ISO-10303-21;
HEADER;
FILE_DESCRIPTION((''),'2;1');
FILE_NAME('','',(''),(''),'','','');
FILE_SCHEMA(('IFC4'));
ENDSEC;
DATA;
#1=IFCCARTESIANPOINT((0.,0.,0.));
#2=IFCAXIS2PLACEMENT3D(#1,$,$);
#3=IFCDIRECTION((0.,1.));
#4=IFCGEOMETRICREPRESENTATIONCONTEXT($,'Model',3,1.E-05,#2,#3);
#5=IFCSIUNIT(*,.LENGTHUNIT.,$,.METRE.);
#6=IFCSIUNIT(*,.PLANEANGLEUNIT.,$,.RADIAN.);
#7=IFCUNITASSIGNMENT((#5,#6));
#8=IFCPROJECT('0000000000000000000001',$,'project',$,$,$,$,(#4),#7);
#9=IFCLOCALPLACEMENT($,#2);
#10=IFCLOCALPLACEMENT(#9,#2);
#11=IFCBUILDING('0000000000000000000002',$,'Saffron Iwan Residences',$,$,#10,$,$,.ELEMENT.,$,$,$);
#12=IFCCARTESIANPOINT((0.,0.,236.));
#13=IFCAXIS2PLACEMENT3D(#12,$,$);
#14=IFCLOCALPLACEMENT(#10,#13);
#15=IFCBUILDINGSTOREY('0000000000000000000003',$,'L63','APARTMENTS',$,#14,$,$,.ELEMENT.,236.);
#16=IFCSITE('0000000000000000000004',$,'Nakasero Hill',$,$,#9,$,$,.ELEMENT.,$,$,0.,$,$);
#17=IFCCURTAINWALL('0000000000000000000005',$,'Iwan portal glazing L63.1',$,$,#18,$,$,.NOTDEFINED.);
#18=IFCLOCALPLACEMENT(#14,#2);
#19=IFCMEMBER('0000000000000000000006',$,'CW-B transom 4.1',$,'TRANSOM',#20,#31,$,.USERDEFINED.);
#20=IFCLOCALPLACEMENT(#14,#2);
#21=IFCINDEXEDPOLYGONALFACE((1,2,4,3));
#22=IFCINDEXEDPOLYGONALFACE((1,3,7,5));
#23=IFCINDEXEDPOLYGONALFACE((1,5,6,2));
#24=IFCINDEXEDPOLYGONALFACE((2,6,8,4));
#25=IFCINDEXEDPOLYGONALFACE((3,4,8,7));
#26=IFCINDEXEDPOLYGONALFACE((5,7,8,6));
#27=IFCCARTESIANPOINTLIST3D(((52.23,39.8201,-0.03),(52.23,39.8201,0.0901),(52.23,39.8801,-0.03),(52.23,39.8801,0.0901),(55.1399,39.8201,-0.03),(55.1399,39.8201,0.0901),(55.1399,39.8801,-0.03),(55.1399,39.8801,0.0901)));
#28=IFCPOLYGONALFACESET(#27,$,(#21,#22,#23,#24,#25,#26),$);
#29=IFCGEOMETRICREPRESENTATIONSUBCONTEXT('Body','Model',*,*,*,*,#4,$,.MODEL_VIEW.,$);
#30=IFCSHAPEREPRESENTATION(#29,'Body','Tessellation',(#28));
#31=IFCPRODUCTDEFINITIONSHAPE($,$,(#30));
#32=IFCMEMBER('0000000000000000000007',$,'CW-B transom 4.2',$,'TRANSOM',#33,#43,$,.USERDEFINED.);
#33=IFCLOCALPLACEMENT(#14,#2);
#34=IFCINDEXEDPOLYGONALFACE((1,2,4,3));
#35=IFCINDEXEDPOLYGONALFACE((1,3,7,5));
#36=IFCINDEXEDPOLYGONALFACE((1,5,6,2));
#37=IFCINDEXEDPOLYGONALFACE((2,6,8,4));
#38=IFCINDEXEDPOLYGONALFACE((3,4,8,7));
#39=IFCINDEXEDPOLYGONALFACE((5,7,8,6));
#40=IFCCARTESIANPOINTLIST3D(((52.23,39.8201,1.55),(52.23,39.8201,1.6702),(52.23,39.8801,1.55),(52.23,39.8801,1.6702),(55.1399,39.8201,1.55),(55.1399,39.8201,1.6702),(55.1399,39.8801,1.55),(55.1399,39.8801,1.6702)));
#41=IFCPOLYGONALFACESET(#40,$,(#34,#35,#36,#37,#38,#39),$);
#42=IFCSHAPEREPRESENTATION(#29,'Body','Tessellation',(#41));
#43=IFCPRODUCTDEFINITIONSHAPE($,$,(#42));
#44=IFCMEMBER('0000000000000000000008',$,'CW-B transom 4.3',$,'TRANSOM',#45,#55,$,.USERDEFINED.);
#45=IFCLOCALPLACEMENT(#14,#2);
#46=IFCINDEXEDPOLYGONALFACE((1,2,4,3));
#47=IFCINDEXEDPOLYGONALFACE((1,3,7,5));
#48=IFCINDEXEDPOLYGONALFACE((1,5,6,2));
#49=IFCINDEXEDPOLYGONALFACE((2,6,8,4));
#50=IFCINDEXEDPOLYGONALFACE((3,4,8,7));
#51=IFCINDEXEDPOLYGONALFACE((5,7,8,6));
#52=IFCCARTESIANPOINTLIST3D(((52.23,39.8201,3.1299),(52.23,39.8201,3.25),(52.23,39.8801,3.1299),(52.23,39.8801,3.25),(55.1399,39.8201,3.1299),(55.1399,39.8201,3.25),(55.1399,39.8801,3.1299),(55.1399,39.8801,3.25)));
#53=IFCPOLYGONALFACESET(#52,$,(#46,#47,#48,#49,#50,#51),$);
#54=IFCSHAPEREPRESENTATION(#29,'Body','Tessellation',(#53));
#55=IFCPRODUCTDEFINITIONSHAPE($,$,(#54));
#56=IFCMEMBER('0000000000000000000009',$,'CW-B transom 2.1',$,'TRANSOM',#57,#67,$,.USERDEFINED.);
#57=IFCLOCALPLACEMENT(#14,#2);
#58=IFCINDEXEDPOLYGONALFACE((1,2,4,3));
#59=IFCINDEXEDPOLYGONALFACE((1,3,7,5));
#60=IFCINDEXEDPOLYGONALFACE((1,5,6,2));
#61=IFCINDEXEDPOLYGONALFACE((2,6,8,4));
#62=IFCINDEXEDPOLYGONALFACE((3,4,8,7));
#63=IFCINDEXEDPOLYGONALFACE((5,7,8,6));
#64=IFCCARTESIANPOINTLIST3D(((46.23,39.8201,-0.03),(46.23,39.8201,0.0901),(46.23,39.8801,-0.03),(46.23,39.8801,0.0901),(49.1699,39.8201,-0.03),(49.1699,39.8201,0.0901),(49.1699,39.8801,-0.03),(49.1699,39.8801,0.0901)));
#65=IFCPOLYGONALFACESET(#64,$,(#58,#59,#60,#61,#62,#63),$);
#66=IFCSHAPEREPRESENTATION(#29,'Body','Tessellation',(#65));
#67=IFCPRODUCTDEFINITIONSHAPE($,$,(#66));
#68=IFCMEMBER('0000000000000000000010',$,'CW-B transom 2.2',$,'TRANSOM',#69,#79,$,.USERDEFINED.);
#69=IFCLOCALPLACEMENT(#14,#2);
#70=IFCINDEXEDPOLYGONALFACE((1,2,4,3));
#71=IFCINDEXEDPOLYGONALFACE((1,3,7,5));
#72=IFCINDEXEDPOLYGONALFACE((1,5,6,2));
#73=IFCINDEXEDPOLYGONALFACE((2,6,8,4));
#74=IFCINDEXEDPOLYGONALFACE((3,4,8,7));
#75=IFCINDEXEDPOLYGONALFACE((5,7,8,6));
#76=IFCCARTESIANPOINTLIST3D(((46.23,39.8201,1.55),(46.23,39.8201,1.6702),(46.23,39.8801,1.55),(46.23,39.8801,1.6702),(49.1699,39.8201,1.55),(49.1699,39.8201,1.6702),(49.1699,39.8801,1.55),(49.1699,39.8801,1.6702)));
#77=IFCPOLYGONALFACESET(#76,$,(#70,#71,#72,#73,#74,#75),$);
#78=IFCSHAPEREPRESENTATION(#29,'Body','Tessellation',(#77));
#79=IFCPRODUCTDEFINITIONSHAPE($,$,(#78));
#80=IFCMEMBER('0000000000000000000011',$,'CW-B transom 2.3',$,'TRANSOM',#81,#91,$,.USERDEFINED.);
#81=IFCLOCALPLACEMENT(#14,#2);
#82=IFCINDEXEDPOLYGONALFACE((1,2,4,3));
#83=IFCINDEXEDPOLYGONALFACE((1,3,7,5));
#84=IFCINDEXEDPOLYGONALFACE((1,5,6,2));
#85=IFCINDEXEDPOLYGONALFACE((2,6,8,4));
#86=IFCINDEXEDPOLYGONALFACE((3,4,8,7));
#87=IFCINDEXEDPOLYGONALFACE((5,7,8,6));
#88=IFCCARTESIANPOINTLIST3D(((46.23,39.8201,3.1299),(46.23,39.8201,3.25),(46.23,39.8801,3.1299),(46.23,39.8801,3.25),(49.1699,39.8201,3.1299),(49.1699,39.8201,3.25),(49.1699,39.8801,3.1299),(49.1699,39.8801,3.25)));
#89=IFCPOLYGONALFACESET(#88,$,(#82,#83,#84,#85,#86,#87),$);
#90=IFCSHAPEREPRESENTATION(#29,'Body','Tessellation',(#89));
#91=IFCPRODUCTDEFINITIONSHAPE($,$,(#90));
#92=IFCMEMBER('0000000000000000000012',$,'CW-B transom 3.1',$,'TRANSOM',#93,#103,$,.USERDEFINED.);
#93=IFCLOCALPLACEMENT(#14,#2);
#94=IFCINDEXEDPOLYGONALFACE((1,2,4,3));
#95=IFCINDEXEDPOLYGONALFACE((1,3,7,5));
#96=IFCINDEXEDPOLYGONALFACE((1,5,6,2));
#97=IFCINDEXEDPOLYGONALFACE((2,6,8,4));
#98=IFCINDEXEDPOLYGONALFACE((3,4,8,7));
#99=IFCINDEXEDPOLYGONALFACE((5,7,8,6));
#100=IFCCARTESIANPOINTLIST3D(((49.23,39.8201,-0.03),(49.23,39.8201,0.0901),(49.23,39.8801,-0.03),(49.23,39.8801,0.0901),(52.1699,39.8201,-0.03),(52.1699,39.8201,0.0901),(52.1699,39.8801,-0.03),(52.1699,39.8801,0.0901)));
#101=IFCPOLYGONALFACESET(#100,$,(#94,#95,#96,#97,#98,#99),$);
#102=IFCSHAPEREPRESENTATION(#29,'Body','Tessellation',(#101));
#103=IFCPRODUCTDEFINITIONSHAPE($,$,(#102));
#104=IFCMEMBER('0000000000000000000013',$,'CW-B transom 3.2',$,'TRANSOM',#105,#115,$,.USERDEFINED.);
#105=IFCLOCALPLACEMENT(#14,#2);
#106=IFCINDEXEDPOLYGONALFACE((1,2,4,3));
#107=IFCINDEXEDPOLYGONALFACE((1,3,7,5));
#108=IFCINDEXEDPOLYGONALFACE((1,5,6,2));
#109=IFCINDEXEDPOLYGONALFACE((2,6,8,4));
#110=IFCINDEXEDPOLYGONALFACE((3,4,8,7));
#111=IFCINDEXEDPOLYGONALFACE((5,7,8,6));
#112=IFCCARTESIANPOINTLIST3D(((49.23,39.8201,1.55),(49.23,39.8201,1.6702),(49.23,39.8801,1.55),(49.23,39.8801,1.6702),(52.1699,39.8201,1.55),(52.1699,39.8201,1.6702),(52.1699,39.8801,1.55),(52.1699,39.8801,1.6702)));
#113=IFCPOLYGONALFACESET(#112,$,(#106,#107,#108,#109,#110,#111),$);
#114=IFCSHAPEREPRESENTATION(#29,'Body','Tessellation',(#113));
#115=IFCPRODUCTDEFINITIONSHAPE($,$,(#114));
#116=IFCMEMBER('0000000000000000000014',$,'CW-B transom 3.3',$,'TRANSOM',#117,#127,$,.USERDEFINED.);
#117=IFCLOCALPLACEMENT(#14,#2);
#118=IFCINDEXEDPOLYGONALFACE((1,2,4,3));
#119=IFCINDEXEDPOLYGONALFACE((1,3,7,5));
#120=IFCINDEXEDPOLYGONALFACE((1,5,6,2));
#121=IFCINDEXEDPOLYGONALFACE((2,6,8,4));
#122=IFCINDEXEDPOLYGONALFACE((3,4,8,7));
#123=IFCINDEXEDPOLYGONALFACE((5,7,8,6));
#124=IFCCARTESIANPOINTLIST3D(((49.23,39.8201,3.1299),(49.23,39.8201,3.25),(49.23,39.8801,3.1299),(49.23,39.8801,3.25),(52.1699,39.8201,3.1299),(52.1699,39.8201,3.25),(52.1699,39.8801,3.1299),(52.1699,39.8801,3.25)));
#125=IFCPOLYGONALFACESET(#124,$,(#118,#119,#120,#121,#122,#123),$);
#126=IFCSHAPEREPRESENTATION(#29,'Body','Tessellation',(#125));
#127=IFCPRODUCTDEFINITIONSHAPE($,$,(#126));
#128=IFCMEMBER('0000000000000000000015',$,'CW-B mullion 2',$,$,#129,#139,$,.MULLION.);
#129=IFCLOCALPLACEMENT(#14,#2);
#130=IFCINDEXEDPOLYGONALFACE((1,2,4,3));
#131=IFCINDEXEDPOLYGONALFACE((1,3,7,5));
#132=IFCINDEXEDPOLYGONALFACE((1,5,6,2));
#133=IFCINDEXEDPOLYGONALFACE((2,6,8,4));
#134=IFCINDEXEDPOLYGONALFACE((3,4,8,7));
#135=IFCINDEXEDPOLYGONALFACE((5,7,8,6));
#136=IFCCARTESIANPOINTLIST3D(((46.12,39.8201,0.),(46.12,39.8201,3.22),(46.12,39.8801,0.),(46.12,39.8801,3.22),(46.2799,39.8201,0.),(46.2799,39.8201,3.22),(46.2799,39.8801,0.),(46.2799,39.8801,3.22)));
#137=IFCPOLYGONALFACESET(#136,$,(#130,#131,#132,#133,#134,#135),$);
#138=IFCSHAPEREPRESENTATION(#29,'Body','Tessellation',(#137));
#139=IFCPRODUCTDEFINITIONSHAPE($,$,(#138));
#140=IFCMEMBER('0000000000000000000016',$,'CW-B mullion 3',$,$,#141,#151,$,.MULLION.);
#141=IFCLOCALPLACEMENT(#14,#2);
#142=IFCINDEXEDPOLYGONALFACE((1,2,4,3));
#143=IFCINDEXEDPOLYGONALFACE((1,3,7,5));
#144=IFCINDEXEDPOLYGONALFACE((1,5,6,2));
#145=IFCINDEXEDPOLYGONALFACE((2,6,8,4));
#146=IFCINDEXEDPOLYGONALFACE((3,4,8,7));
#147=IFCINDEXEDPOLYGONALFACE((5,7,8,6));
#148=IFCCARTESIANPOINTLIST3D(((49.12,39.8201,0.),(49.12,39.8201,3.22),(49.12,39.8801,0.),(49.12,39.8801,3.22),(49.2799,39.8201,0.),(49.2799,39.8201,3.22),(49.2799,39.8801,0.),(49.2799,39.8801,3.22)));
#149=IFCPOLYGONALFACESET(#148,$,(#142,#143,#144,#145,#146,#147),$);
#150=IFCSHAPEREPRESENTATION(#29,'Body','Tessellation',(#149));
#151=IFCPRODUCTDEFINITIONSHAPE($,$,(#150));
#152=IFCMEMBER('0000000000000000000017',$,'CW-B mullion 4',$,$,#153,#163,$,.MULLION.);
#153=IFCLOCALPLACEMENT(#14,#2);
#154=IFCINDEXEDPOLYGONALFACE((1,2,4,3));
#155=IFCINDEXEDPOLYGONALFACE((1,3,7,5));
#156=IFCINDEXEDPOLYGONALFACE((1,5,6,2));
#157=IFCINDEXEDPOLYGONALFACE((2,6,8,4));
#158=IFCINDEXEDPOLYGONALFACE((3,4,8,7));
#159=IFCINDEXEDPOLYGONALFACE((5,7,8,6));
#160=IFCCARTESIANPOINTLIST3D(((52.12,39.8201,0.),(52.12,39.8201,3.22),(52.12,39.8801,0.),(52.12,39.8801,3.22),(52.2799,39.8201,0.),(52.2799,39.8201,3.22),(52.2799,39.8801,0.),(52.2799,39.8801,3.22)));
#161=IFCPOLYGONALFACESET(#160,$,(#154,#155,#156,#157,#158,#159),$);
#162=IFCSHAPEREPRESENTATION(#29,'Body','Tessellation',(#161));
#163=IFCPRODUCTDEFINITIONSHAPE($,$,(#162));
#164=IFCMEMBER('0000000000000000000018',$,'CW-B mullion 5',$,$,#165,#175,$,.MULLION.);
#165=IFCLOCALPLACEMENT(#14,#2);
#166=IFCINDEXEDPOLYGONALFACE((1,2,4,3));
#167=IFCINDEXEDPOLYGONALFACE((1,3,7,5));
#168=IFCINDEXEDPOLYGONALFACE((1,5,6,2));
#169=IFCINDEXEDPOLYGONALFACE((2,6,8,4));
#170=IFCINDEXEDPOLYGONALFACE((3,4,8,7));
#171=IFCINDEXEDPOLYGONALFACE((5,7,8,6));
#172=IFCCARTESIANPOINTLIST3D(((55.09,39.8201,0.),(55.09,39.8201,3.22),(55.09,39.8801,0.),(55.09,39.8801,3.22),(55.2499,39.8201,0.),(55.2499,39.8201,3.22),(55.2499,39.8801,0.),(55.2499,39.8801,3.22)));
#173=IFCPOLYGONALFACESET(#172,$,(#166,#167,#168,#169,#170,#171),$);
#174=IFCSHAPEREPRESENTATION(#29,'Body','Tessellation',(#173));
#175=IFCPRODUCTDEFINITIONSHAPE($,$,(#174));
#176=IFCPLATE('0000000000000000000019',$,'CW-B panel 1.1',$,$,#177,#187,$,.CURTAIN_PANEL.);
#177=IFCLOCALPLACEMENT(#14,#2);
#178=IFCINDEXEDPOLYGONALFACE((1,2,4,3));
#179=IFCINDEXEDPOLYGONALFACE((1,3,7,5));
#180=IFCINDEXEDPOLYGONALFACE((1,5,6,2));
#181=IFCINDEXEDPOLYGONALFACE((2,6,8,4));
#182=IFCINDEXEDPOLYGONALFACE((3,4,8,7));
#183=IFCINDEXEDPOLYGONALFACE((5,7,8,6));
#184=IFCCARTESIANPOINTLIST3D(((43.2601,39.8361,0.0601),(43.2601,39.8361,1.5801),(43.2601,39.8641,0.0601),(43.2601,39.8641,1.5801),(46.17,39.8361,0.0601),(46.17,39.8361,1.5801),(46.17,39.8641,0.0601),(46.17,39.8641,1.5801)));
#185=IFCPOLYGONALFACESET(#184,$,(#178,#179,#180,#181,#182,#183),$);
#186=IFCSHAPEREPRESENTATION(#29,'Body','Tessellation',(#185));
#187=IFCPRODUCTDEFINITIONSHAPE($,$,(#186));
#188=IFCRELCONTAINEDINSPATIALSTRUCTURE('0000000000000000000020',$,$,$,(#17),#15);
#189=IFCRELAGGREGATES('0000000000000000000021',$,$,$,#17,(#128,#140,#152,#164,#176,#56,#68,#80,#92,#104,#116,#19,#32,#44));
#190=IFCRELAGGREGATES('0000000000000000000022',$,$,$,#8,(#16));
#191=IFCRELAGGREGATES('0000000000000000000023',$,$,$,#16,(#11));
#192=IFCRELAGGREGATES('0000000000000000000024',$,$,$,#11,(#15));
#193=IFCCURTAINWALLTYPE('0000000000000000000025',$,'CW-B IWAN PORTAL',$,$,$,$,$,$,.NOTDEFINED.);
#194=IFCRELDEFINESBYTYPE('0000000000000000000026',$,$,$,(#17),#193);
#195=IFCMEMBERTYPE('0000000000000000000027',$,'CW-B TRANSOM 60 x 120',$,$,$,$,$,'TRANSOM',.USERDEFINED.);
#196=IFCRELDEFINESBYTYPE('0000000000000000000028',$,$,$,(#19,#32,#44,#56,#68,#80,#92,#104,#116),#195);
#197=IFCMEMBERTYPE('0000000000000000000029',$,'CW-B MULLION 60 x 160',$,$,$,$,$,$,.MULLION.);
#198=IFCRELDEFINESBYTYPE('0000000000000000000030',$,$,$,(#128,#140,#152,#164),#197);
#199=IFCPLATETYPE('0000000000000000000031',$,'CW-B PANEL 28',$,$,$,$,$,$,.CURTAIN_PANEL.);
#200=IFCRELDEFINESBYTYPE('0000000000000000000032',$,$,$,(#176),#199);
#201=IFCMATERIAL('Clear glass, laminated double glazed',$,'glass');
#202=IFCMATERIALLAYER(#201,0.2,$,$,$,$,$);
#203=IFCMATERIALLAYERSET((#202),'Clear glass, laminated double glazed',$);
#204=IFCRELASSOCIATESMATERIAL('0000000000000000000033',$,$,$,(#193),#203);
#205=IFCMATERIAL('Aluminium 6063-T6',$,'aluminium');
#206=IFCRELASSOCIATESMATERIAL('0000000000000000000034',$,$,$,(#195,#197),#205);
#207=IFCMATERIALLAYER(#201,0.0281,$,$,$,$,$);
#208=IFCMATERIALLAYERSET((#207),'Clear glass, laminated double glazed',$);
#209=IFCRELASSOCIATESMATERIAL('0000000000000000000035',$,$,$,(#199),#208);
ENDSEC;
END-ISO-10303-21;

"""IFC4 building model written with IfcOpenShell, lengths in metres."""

from ifc_helpers import new_model, si_unit, direction, frame, origin, origin_2d, place, context, subcontext, project, spatial, rectangle, extrude, source, transform, mapped, material, layer, layer_set, material_profile, profile_set, type_object, element, aggregate, save


model = new_model("IFC4")

# Units and contexts
model_context = context("Model", 3, precision=1e-05, world=origin(), true_north=direction((0.0, 1.0)))
body_context = subcontext(model_context, "Body", "Model", "MODEL_VIEW")
ifc_project = project(units=[si_unit("LENGTHUNIT", "METRE"), si_unit("PLANEANGLEUNIT", "RADIAN")], contexts=[model_context])

# Site, building, storey
site_placement = place(None, origin())
site = spatial("IfcSite", under=ifc_project, at=site_placement, Name="Nakasero Hill", CompositionType="ELEMENT", RefElevation=0.0)
building_placement = place(site_placement, origin())
building = spatial("IfcBuilding", under=site, at=building_placement, Name="Saffron Iwan Residences", CompositionType="ELEMENT")
storey_placement = place(building_placement, frame((0.0, 0.0, 236.0)))
storey = spatial("IfcBuildingStorey", under=building, at=storey_placement, Name="L63", Description="APARTMENTS", CompositionType="ELEMENT", Elevation=236.0)

# Curtain wall, members, plate
ifc_material_1 = material(Name="Clear glass, laminated double glazed", Category="glass")
ifc_layer_1 = layer(ifc_material_1, 0.2)
ifc_layer_set_1 = layer_set([ifc_layer_1], Name="Clear glass, laminated double glazed")
curtain_wall_type = type_object("IfcCurtainWallType", Name="CW-B IWAN PORTAL", PredefinedType="NOTDEFINED", material=ifc_layer_set_1)
curtain_wall_placement = place(storey_placement, origin())
curtain_wall = element("IfcCurtainWall", 1, at=curtain_wall_placement, inside=storey, type_object=curtain_wall_type, Name="Iwan portal glazing L63.1", PredefinedType="NOTDEFINED")
ifc_material_2 = material(Name="Aluminium 6063-T6", Category="aluminium")
ifc_material_profile_1 = material_profile(ifc_material_2, rectangle(XDim=0.0601, YDim=0.1201, at=origin_2d()), Name="CW-B TRANSOM 60 x 120")
ifc_profile_set_1 = profile_set([ifc_material_profile_1], Name="Aluminium 6063-T6")
member_type_1 = type_object("IfcMemberType", Name="CW-B TRANSOM 60 x 120", ElementType="TRANSOM", PredefinedType="USERDEFINED", material=ifc_profile_set_1)
shared_shape_1 = source(origin(), body_context, "Body", "SweptSolid", [
    extrude(rectangle(XDim=0.0601, YDim=0.1201, at=origin_2d()), origin(), (0.0, 0.0, 1.0), 2.9099),
])
member_1_placement = place(storey_placement, frame((52.23, 39.8501, 0.03), z_axis=(1.0, 0.0, 0.0), x_axis=(0.0, 1.0, 0.0)))
member_1 = element("IfcMember", 2, at=member_1_placement, type_object=member_type_1, Name="CW-B transom 4.1", ObjectType="TRANSOM", PredefinedType="USERDEFINED", context=body_context, shape_type="MappedRepresentation", body=[
    mapped(shared_shape_1, transform((0.0, 0.0, 0.0))),
])
member_2_placement = place(storey_placement, frame((52.23, 39.8501, 1.6101), z_axis=(1.0, 0.0, 0.0), x_axis=(0.0, 1.0, 0.0)))
member_2 = element("IfcMember", 3, at=member_2_placement, type_object=member_type_1, Name="CW-B transom 4.2", ObjectType="TRANSOM", PredefinedType="USERDEFINED", context=body_context, shape_type="MappedRepresentation", body=[
    mapped(shared_shape_1, transform((0.0, 0.0, 0.0))),
])
member_3_placement = place(storey_placement, frame((52.23, 39.8501, 3.1899), z_axis=(1.0, 0.0, 0.0), x_axis=(0.0, 1.0, 0.0)))
member_3 = element("IfcMember", 4, at=member_3_placement, type_object=member_type_1, Name="CW-B transom 4.3", ObjectType="TRANSOM", PredefinedType="USERDEFINED", context=body_context, shape_type="MappedRepresentation", body=[
    mapped(shared_shape_1, transform((0.0, 0.0, 0.0))),
])
shared_shape_2 = source(origin(), body_context, "Body", "SweptSolid", [
    extrude(rectangle(XDim=0.0601, YDim=0.1201, at=origin_2d()), origin(), (0.0, 0.0, 1.0), 2.9399),
])
member_4_placement = place(storey_placement, frame((46.23, 39.8501, 0.03), z_axis=(1.0, 0.0, 0.0), x_axis=(0.0, 1.0, 0.0)))
member_4 = element("IfcMember", 5, at=member_4_placement, type_object=member_type_1, Name="CW-B transom 2.1", ObjectType="TRANSOM", PredefinedType="USERDEFINED", context=body_context, shape_type="MappedRepresentation", body=[
    mapped(shared_shape_2, transform((0.0, 0.0, 0.0))),
])
member_5_placement = place(storey_placement, frame((46.23, 39.8501, 1.6101), z_axis=(1.0, 0.0, 0.0), x_axis=(0.0, 1.0, 0.0)))
member_5 = element("IfcMember", 6, at=member_5_placement, type_object=member_type_1, Name="CW-B transom 2.2", ObjectType="TRANSOM", PredefinedType="USERDEFINED", context=body_context, shape_type="MappedRepresentation", body=[
    mapped(shared_shape_2, transform((0.0, 0.0, 0.0))),
])
member_6_placement = place(storey_placement, frame((46.23, 39.8501, 3.1899), z_axis=(1.0, 0.0, 0.0), x_axis=(0.0, 1.0, 0.0)))
member_6 = element("IfcMember", 7, at=member_6_placement, type_object=member_type_1, Name="CW-B transom 2.3", ObjectType="TRANSOM", PredefinedType="USERDEFINED", context=body_context, shape_type="MappedRepresentation", body=[
    mapped(shared_shape_2, transform((0.0, 0.0, 0.0))),
])
member_7_placement = place(storey_placement, frame((49.23, 39.8501, 0.03), z_axis=(1.0, 0.0, 0.0), x_axis=(0.0, 1.0, 0.0)))
member_7 = element("IfcMember", 8, at=member_7_placement, type_object=member_type_1, Name="CW-B transom 3.1", ObjectType="TRANSOM", PredefinedType="USERDEFINED", context=body_context, shape_type="MappedRepresentation", body=[
    mapped(shared_shape_2, transform((0.0, 0.0, 0.0))),
])
member_8_placement = place(storey_placement, frame((49.23, 39.8501, 1.6101), z_axis=(1.0, 0.0, 0.0), x_axis=(0.0, 1.0, 0.0)))
member_8 = element("IfcMember", 9, at=member_8_placement, type_object=member_type_1, Name="CW-B transom 3.2", ObjectType="TRANSOM", PredefinedType="USERDEFINED", context=body_context, shape_type="MappedRepresentation", body=[
    mapped(shared_shape_2, transform((0.0, 0.0, 0.0))),
])
member_9_placement = place(storey_placement, frame((49.23, 39.8501, 3.1899), z_axis=(1.0, 0.0, 0.0), x_axis=(0.0, 1.0, 0.0)))
member_9 = element("IfcMember", 10, at=member_9_placement, type_object=member_type_1, Name="CW-B transom 3.3", ObjectType="TRANSOM", PredefinedType="USERDEFINED", context=body_context, shape_type="MappedRepresentation", body=[
    mapped(shared_shape_2, transform((0.0, 0.0, 0.0))),
])
ifc_material_profile_2 = material_profile(ifc_material_2, rectangle(XDim=0.0601, YDim=0.1599, at=origin_2d()), Name="CW-B MULLION 60 x 160")
ifc_profile_set_2 = profile_set([ifc_material_profile_2], Name="Aluminium 6063-T6")
member_type_2 = type_object("IfcMemberType", Name="CW-B MULLION 60 x 160", PredefinedType="MULLION", material=ifc_profile_set_2)
shared_shape_3 = source(origin(), body_context, "Body", "SweptSolid", [
    extrude(rectangle(XDim=0.0601, YDim=0.1599, at=origin_2d()), origin(), (0.0, 0.0, 1.0), 3.22),
])
member_10_placement = place(storey_placement, frame((46.2, 39.8501, 0.0), z_axis=(0.0, 0.0, 1.0), x_axis=(0.0, 1.0, 0.0)))
member_10 = element("IfcMember", 11, at=member_10_placement, type_object=member_type_2, Name="CW-B mullion 2", PredefinedType="MULLION", context=body_context, shape_type="MappedRepresentation", body=[
    mapped(shared_shape_3, transform((0.0, 0.0, 0.0))),
])
member_11_placement = place(storey_placement, frame((49.2, 39.8501, 0.0), z_axis=(0.0, 0.0, 1.0), x_axis=(0.0, 1.0, 0.0)))
member_11 = element("IfcMember", 12, at=member_11_placement, type_object=member_type_2, Name="CW-B mullion 3", PredefinedType="MULLION", context=body_context, shape_type="MappedRepresentation", body=[
    mapped(shared_shape_3, transform((0.0, 0.0, 0.0))),
])
member_12_placement = place(storey_placement, frame((52.2, 39.8501, 0.0), z_axis=(0.0, 0.0, 1.0), x_axis=(0.0, 1.0, 0.0)))
member_12 = element("IfcMember", 13, at=member_12_placement, type_object=member_type_2, Name="CW-B mullion 4", PredefinedType="MULLION", context=body_context, shape_type="MappedRepresentation", body=[
    mapped(shared_shape_3, transform((0.0, 0.0, 0.0))),
])
member_13_placement = place(storey_placement, frame((55.1699, 39.8501, 0.0), z_axis=(0.0, 0.0, 1.0), x_axis=(0.0, 1.0, 0.0)))
member_13 = element("IfcMember", 14, at=member_13_placement, type_object=member_type_2, Name="CW-B mullion 5", PredefinedType="MULLION", context=body_context, shape_type="MappedRepresentation", body=[
    mapped(shared_shape_3, transform((0.0, 0.0, 0.0))),
])
ifc_layer_2 = layer(ifc_material_1, 0.0281)
ifc_layer_set_2 = layer_set([ifc_layer_2], Name="Clear glass, laminated double glazed")
plate_type = type_object("IfcPlateType", Name="CW-B PANEL 28", PredefinedType="CURTAIN_PANEL", material=ifc_layer_set_2)
shared_shape_4 = source(origin(), body_context, "Body", "SweptSolid", [
    extrude(rectangle(XDim=2.9099, YDim=0.0281, at=origin_2d()), origin(), (0.0, 0.0, 1.0), 1.52),
])
plate_1_placement = place(storey_placement, frame((44.7151, 39.8501, 0.0601), z_axis=(0.0, 0.0, 1.0), x_axis=(1.0, 0.0, 0.0)))
plate_1 = element("IfcPlate", 15, at=plate_1_placement, type_object=plate_type, Name="CW-B panel 1.1", PredefinedType="CURTAIN_PANEL", context=body_context, shape_type="MappedRepresentation", body=[
    mapped(shared_shape_4, transform((0.0, 0.0, 0.0))),
])
aggregate(curtain_wall, [member_10, member_11, member_12, member_13, plate_1, member_4, member_5, member_6, member_7, member_8, member_9, member_1, member_2, member_3])

save(model, "model.ifc")
